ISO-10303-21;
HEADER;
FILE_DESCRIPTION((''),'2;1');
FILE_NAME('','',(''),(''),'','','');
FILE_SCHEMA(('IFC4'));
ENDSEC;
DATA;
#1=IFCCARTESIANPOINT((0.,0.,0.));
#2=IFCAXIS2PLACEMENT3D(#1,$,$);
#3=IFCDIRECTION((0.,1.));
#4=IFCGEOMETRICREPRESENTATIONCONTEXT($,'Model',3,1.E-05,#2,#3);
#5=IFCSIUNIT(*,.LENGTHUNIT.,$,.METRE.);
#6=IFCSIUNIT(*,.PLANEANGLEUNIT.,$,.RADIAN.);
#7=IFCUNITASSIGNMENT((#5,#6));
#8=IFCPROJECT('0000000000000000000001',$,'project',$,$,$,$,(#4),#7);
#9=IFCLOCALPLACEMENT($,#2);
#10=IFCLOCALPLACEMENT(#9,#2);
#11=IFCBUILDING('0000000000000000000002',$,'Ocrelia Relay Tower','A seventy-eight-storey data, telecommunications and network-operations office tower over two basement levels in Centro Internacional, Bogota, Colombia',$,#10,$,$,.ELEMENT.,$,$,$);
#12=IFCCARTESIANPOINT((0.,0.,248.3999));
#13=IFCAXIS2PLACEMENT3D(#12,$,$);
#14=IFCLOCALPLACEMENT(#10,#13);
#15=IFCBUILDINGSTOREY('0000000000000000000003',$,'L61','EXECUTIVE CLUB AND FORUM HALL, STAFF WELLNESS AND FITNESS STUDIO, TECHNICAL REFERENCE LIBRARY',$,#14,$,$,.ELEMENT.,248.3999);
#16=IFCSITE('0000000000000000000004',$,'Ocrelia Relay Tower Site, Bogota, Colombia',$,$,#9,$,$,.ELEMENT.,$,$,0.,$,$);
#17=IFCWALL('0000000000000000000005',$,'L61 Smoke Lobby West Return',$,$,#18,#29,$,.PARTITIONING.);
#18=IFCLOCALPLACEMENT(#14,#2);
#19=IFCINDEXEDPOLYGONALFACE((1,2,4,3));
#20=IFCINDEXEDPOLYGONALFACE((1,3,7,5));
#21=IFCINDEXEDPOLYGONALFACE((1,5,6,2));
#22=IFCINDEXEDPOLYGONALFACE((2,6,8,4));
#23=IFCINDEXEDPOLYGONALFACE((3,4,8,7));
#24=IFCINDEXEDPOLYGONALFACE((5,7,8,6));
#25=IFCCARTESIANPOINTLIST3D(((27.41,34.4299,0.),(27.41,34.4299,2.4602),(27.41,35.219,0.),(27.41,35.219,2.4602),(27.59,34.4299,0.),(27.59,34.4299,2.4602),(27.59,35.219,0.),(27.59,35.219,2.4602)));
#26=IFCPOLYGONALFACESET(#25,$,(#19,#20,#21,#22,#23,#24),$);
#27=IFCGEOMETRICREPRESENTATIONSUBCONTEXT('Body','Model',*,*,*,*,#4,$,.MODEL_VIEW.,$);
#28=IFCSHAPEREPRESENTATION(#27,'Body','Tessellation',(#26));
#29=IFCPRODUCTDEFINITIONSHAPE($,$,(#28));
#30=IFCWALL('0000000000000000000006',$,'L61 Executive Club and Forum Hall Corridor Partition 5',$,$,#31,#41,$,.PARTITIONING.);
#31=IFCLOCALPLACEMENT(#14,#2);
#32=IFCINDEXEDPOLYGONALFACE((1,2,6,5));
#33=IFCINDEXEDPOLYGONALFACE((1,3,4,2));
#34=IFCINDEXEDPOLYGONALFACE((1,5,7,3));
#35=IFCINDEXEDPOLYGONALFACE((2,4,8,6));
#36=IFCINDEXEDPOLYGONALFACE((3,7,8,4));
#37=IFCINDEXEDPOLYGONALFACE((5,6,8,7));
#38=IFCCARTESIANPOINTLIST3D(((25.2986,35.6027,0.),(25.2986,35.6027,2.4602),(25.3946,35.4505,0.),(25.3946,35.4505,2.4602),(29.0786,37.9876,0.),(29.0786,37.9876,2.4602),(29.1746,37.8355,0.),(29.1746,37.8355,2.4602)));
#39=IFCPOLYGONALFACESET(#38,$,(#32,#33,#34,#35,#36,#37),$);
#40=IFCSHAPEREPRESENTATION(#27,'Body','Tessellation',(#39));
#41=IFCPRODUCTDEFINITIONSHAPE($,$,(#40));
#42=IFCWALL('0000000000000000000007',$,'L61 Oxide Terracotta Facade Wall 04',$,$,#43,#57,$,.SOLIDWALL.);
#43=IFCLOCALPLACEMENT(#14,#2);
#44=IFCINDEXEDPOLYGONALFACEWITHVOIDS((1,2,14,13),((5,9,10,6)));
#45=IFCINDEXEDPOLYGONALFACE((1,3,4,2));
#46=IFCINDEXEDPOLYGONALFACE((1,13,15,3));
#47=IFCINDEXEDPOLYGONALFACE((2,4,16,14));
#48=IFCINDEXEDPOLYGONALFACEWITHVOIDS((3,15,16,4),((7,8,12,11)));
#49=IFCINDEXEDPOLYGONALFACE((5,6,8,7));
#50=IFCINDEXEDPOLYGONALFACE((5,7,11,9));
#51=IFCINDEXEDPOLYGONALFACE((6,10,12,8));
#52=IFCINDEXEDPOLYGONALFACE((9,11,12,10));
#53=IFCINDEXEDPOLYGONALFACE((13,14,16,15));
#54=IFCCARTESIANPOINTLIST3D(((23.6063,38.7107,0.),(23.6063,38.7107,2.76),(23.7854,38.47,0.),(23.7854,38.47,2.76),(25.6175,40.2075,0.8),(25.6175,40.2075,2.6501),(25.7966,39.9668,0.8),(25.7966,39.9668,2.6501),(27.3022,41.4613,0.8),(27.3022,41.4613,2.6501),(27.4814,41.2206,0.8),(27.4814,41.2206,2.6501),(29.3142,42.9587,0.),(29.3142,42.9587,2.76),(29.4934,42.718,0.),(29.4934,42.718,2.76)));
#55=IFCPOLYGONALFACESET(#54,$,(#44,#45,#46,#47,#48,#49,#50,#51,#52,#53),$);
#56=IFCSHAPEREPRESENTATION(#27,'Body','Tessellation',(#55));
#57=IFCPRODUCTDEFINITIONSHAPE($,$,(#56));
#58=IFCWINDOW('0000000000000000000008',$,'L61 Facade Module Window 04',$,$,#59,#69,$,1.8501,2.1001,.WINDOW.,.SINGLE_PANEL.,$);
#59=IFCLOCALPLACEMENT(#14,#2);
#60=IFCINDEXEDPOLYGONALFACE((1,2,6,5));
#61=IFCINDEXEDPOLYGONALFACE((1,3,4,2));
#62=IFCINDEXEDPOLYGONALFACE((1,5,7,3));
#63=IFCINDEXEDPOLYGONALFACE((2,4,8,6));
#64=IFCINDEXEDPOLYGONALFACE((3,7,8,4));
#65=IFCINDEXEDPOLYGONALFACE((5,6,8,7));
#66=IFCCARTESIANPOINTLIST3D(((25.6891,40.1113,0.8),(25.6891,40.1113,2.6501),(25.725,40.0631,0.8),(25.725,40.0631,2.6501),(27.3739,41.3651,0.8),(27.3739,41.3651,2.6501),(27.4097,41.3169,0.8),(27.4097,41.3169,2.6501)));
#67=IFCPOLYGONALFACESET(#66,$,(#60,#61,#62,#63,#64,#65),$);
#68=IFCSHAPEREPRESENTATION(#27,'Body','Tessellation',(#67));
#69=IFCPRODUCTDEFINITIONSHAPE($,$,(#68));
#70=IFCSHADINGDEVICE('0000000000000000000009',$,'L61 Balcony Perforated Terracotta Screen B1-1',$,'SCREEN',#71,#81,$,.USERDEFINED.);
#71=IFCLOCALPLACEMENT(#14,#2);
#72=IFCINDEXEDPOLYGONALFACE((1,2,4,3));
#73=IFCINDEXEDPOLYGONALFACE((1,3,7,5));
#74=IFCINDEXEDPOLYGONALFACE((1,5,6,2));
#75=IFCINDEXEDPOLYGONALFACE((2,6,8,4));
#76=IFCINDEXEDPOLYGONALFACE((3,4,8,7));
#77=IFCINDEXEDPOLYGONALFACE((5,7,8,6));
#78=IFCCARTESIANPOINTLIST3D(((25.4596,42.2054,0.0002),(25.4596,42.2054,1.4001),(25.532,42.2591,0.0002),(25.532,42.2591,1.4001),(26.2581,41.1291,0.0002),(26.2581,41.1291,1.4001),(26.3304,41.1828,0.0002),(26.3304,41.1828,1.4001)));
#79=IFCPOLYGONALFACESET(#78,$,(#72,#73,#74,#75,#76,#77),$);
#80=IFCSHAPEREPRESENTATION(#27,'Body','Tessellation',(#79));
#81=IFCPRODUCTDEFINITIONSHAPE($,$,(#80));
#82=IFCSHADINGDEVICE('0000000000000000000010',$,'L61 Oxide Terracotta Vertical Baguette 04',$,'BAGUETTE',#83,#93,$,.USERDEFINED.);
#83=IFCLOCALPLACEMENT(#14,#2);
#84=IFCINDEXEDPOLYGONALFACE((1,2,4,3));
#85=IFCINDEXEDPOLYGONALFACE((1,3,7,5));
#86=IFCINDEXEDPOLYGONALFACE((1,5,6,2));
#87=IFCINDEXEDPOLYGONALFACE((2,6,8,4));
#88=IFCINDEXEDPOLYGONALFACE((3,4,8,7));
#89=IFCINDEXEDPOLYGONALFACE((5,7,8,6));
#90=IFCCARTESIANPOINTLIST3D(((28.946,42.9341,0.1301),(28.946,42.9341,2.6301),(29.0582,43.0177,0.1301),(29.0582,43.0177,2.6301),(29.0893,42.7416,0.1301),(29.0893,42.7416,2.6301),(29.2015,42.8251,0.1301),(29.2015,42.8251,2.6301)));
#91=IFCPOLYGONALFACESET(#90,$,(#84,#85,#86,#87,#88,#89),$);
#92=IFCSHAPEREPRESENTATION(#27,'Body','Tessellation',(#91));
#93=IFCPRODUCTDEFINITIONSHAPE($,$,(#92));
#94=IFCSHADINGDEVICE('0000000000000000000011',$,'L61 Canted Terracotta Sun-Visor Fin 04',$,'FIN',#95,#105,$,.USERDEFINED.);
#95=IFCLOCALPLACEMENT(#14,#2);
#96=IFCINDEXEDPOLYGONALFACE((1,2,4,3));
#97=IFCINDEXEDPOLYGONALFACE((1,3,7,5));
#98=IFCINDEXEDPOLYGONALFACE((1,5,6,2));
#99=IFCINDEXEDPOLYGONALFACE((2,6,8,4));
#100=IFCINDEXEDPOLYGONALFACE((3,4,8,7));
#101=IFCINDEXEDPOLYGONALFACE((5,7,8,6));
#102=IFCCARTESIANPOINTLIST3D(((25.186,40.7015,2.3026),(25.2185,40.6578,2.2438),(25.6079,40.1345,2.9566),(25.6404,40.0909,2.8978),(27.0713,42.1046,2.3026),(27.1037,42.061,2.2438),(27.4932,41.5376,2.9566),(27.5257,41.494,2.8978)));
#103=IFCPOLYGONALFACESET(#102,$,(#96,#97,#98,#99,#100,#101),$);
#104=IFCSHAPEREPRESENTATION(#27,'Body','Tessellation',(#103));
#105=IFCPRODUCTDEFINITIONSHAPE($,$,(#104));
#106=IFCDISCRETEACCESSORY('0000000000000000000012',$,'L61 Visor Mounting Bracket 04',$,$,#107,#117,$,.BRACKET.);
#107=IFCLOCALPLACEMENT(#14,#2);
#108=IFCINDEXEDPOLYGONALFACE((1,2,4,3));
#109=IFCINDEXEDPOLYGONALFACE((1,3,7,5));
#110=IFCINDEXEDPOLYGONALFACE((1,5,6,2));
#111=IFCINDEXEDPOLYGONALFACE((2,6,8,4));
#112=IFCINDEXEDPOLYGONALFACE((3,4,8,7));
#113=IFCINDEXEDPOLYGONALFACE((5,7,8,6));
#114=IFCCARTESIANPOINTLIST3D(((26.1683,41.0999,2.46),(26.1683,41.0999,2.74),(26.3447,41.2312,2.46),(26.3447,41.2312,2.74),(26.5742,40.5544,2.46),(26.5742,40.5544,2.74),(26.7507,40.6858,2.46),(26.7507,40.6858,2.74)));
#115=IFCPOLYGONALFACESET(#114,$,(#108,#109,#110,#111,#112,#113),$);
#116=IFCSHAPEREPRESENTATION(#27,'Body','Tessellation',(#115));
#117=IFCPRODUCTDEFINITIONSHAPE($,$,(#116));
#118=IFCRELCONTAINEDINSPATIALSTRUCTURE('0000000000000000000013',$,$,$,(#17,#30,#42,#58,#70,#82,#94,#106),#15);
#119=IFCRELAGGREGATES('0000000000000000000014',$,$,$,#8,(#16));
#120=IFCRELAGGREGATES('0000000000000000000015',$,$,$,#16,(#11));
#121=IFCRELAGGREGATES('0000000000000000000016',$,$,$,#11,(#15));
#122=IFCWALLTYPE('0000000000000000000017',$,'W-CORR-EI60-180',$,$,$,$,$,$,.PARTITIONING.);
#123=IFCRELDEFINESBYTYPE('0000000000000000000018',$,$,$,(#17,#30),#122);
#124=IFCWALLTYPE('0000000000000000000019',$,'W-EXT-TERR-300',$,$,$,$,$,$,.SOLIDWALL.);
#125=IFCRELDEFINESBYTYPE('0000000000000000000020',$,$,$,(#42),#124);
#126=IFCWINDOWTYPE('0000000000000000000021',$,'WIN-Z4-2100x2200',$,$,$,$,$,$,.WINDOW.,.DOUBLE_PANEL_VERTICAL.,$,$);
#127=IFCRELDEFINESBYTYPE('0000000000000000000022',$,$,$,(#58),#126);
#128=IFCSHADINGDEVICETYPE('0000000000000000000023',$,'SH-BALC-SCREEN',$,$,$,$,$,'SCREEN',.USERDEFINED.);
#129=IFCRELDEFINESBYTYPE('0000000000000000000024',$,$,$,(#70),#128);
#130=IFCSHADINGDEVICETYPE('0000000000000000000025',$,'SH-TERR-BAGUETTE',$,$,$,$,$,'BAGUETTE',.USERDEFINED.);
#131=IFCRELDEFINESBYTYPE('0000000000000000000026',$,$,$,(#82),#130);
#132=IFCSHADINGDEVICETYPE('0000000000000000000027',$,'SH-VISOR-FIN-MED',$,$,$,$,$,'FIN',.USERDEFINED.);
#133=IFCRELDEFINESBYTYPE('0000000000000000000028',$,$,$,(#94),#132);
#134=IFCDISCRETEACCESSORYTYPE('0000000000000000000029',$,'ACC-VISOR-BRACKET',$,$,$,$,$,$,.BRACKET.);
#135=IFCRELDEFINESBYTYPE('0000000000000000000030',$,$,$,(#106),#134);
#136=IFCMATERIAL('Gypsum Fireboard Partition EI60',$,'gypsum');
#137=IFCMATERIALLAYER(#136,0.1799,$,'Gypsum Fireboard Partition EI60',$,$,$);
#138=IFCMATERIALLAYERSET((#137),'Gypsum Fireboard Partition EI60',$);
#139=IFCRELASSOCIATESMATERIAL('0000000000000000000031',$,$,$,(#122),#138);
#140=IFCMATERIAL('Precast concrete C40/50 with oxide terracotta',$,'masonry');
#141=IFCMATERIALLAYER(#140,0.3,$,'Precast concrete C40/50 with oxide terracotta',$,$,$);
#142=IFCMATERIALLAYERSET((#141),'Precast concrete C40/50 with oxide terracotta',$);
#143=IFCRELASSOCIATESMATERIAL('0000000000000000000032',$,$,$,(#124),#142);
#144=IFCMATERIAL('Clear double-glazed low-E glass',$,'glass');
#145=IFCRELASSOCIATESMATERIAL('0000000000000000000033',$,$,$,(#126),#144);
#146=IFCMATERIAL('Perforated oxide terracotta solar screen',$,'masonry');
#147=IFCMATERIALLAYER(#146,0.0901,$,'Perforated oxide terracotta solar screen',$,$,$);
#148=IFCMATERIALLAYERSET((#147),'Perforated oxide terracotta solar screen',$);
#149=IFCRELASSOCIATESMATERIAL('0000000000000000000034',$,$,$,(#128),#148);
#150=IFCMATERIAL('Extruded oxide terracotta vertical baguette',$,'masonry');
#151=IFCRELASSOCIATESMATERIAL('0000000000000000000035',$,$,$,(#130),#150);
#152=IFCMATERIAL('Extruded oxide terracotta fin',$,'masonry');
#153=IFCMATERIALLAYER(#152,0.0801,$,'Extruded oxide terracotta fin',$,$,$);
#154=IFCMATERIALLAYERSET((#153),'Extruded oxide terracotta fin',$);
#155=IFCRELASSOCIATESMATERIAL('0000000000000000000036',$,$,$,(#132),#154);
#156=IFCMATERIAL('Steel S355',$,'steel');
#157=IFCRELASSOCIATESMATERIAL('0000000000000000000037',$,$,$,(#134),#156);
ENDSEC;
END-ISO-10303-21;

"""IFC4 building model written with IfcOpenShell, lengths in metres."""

from ifc_helpers import new_model, si_unit, direction, frame, frame_2d, origin, origin_2d, place, context, subcontext, project, spatial, rectangle, extrude, material, layer, layer_set, type_object, element, fill, save


model = new_model("IFC4")

# Units and contexts
model_context = context("Model", 3, precision=1e-05, world=origin(), true_north=direction((0.0, 1.0)))
body_context = subcontext(model_context, "Body", "Model", "MODEL_VIEW")
ifc_project = project(units=[si_unit("LENGTHUNIT", "METRE"), si_unit("PLANEANGLEUNIT", "RADIAN")], contexts=[model_context])

# Site, building, storey
site_placement = place(None, origin())
site = spatial("IfcSite", under=ifc_project, at=site_placement, Name="Ocrelia Relay Tower Site, Bogota, Colombia", CompositionType="ELEMENT", RefElevation=0.0)
building_placement = place(site_placement, origin())
building = spatial("IfcBuilding", under=site, at=building_placement, Name="Ocrelia Relay Tower", Description="A seventy-eight-storey data, telecommunications and network-operations office tower over two basement levels in Centro Internacional, Bogota, Colombia", CompositionType="ELEMENT")
storey_placement = place(building_placement, frame((0.0, 0.0, 248.3999)))
storey = spatial("IfcBuildingStorey", under=building, at=storey_placement, Name="L61", Description="EXECUTIVE CLUB AND FORUM HALL, STAFF WELLNESS AND FITNESS STUDIO, TECHNICAL REFERENCE LIBRARY", CompositionType="ELEMENT", Elevation=248.3999)

# Shared definitions
ifc_material_1 = material(Name="Steel S355", Category="steel")

# Wall
ifc_material_2 = material(Name="Gypsum Fireboard Partition EI60", Category="gypsum")
ifc_layer_1 = layer(ifc_material_2, 0.1799, Name="Gypsum Fireboard Partition EI60")
ifc_layer_set_1 = layer_set([ifc_layer_1], Name="Gypsum Fireboard Partition EI60")
wall_type_1 = type_object("IfcWallType", Name="W-CORR-EI60-180", PredefinedType="PARTITIONING", material=ifc_layer_set_1)
wall_1_placement = place(storey_placement, frame((27.5, 34.4299, 0.0), z_axis=(0.0, 0.0, 1.0), x_axis=(0.0, 1.0, 0.0)))
element("IfcWall", 1, at=wall_1_placement, inside=storey, type_object=wall_type_1, Name="L61 Smoke Lobby West Return", PredefinedType="PARTITIONING", context=body_context, shape_type="SweptSolid", body=[
    extrude(rectangle(XDim=0.7891, YDim=0.1799, at=frame_2d((0.3945, 0.0))), origin(), (0.0, 0.0, 1.0), 2.4602),
])

# Wall
wall_2_placement = place(storey_placement, frame((29.1267, 37.9116, 0.0), z_axis=(0.0, 0.0, 1.0), x_axis=(-0.845729, -0.533613, 0.0)))
element("IfcWall", 2, at=wall_2_placement, inside=storey, type_object=wall_type_1, Name="L61 Executive Club and Forum Hall Corridor Partition 5", PredefinedType="PARTITIONING", context=body_context, shape_type="SweptSolid", body=[
    extrude(rectangle(XDim=4.4695, YDim=0.1799, at=frame_2d((2.2349, 0.0))), origin(), (0.0, 0.0, 1.0), 2.4602),
])

# Wall, opening, window
ifc_material_3 = material(Name="Precast concrete C40/50 with oxide terracotta", Category="masonry")
ifc_layer_2 = layer(ifc_material_3, 0.3, Name="Precast concrete C40/50 with oxide terracotta")
ifc_layer_set_2 = layer_set([ifc_layer_2], Name="Precast concrete C40/50 with oxide terracotta")
wall_type_2 = type_object("IfcWallType", Name="W-EXT-TERR-300", PredefinedType="SOLIDWALL", material=ifc_layer_set_2)
wall_3_placement = place(storey_placement, frame((29.4038, 42.8384, 0.0), z_axis=(0.0, 0.0, 1.0), x_axis=(-0.802218, -0.597031, 0.0)))
wall_3 = element("IfcWall", 3, at=wall_3_placement, inside=storey, type_object=wall_type_2, Name="L61 Oxide Terracotta Facade Wall 04", PredefinedType="SOLIDWALL", context=body_context, shape_type="SweptSolid", body=[
    extrude(rectangle(XDim=7.1152, YDim=0.3, at=frame_2d((3.5576, 0.0))), origin(), (0.0, 0.0, 1.0), 2.76),
])
opening_1_placement = place(wall_3_placement, frame((2.5081, 0.0, 0.8)))
opening_1 = element("IfcOpeningElement", 4, at=opening_1_placement, cuts=wall_3, PredefinedType="OPENING", context=body_context, shape_type="SweptSolid", body=[
    extrude(rectangle(XDim=2.1001, YDim=1.8501, at=frame_2d((1.05, 0.925))), frame((0.0, 0.1602, 0.0), z_axis=(0.0, -1.0, 0.0), x_axis=(1.0, 0.0, 0.0)), (0.0, 0.0, 1.0), 0.3201),
])
ifc_material_4 = material(Name="Clear double-glazed low-E glass", Category="glass")
window_type = type_object("IfcWindowType", Name="WIN-Z4-2100x2200", PartitioningType="DOUBLE_PANEL_VERTICAL", PredefinedType="WINDOW", material=ifc_material_4)
window_placement = place(opening_1_placement, origin())
window = element("IfcWindow", 5, at=window_placement, inside=storey, type_object=window_type, Name="L61 Facade Module Window 04", OverallHeight=1.8501, OverallWidth=2.1001, PartitioningType="SINGLE_PANEL", PredefinedType="WINDOW", context=body_context, shape_type="SweptSolid", body=[
    extrude(rectangle(XDim=2.1001, YDim=1.8501, at=frame_2d((1.05, 0.925))), frame((0.0, 0.03, 0.0), z_axis=(0.0, -1.0, 0.0), x_axis=(1.0, 0.0, 0.0)), (0.0, 0.0, 1.0), 0.0601),
])
fill(opening_1, window)

# Shading devices
ifc_material_5 = material(Name="Perforated oxide terracotta solar screen", Category="masonry")
ifc_layer_3 = layer(ifc_material_5, 0.0901, Name="Perforated oxide terracotta solar screen")
ifc_layer_set_3 = layer_set([ifc_layer_3], Name="Perforated oxide terracotta solar screen")
shading_device_type_1 = type_object("IfcShadingDeviceType", Name="SH-BALC-SCREEN", ElementType="SCREEN", PredefinedType="USERDEFINED", material=ifc_layer_set_3)
shading_device_1_placement = place(storey_placement, frame((25.895, 41.6941, 0.0002), z_axis=(0.0, 0.0, 1.0), x_axis=(-0.595801, 0.803132, 0.0)))
element("IfcShadingDevice", 6, at=shading_device_1_placement, inside=storey, type_object=shading_device_type_1, Name="L61 Balcony Perforated Terracotta Screen B1-1", ObjectType="SCREEN", PredefinedType="USERDEFINED", context=body_context, shape_type="SweptSolid", body=[
    extrude(rectangle(XDim=1.3401, YDim=0.0901, at=origin_2d()), origin(), (0.0, 0.0, 1.0), 1.3999),
])
ifc_material_6 = material(Name="Extruded oxide terracotta vertical baguette", Category="masonry")
shading_device_type_2 = type_object("IfcShadingDeviceType", Name="SH-TERR-BAGUETTE", ElementType="BAGUETTE", PredefinedType="USERDEFINED", material=ifc_material_6)
shading_device_2_placement = place(storey_placement, frame((29.0737, 42.8796, 0.1301), z_axis=(0.0, 0.0, 1.0), x_axis=(-0.802209, -0.597043, 0.0)))
element("IfcShadingDevice", 7, at=shading_device_2_placement, inside=storey, type_object=shading_device_type_2, Name="L61 Oxide Terracotta Vertical Baguette 04", ObjectType="BAGUETTE", PredefinedType="USERDEFINED", context=body_context, shape_type="SweptSolid", body=[
    extrude(rectangle(XDim=0.1399, YDim=0.24, at=origin_2d()), origin(), (0.0, 0.0, 1.0), 2.5),
])
ifc_material_7 = material(Name="Extruded oxide terracotta fin", Category="masonry")
ifc_layer_4 = layer(ifc_material_7, 0.0801, Name="Extruded oxide terracotta fin")
ifc_layer_set_4 = layer_set([ifc_layer_4], Name="Extruded oxide terracotta fin")
shading_device_type_3 = type_object("IfcShadingDeviceType", Name="SH-VISOR-FIN-MED", ElementType="FIN", PredefinedType="USERDEFINED", material=ifc_layer_set_4)
shading_device_3_placement = place(storey_placement, frame((26.3721, 41.0759, 2.5708), z_axis=(-0.405503, 0.544848, 0.733967), x_axis=(-0.802209, -0.597043, 0.0)))
element("IfcShadingDevice", 8, at=shading_device_3_placement, inside=storey, type_object=shading_device_type_3, Name="L61 Canted Terracotta Sun-Visor Fin 04", ObjectType="FIN", PredefinedType="USERDEFINED", context=body_context, shape_type="SweptSolid", body=[
    extrude(rectangle(XDim=2.3501, YDim=0.9629, at=origin_2d()), origin(), (0.0, 0.0, 1.0), 0.0801),
])

# Discrete accessory
discrete_accessory_type = type_object("IfcDiscreteAccessoryType", Name="ACC-VISOR-BRACKET", PredefinedType="BRACKET", material=ifc_material_1)
discrete_accessory_placement = place(storey_placement, frame((26.4595, 40.8928, 2.46), z_axis=(0.0, 0.0, 1.0), x_axis=(-0.802209, -0.597043, 0.0)))
element("IfcDiscreteAccessory", 9, at=discrete_accessory_placement, inside=storey, type_object=discrete_accessory_type, Name="L61 Visor Mounting Bracket 04", PredefinedType="BRACKET", context=body_context, shape_type="SweptSolid", body=[
    extrude(rectangle(XDim=0.22, YDim=0.6799, at=origin_2d()), origin(), (0.0, 0.0, 1.0), 0.28),
])

save(model, "model.ifc")
